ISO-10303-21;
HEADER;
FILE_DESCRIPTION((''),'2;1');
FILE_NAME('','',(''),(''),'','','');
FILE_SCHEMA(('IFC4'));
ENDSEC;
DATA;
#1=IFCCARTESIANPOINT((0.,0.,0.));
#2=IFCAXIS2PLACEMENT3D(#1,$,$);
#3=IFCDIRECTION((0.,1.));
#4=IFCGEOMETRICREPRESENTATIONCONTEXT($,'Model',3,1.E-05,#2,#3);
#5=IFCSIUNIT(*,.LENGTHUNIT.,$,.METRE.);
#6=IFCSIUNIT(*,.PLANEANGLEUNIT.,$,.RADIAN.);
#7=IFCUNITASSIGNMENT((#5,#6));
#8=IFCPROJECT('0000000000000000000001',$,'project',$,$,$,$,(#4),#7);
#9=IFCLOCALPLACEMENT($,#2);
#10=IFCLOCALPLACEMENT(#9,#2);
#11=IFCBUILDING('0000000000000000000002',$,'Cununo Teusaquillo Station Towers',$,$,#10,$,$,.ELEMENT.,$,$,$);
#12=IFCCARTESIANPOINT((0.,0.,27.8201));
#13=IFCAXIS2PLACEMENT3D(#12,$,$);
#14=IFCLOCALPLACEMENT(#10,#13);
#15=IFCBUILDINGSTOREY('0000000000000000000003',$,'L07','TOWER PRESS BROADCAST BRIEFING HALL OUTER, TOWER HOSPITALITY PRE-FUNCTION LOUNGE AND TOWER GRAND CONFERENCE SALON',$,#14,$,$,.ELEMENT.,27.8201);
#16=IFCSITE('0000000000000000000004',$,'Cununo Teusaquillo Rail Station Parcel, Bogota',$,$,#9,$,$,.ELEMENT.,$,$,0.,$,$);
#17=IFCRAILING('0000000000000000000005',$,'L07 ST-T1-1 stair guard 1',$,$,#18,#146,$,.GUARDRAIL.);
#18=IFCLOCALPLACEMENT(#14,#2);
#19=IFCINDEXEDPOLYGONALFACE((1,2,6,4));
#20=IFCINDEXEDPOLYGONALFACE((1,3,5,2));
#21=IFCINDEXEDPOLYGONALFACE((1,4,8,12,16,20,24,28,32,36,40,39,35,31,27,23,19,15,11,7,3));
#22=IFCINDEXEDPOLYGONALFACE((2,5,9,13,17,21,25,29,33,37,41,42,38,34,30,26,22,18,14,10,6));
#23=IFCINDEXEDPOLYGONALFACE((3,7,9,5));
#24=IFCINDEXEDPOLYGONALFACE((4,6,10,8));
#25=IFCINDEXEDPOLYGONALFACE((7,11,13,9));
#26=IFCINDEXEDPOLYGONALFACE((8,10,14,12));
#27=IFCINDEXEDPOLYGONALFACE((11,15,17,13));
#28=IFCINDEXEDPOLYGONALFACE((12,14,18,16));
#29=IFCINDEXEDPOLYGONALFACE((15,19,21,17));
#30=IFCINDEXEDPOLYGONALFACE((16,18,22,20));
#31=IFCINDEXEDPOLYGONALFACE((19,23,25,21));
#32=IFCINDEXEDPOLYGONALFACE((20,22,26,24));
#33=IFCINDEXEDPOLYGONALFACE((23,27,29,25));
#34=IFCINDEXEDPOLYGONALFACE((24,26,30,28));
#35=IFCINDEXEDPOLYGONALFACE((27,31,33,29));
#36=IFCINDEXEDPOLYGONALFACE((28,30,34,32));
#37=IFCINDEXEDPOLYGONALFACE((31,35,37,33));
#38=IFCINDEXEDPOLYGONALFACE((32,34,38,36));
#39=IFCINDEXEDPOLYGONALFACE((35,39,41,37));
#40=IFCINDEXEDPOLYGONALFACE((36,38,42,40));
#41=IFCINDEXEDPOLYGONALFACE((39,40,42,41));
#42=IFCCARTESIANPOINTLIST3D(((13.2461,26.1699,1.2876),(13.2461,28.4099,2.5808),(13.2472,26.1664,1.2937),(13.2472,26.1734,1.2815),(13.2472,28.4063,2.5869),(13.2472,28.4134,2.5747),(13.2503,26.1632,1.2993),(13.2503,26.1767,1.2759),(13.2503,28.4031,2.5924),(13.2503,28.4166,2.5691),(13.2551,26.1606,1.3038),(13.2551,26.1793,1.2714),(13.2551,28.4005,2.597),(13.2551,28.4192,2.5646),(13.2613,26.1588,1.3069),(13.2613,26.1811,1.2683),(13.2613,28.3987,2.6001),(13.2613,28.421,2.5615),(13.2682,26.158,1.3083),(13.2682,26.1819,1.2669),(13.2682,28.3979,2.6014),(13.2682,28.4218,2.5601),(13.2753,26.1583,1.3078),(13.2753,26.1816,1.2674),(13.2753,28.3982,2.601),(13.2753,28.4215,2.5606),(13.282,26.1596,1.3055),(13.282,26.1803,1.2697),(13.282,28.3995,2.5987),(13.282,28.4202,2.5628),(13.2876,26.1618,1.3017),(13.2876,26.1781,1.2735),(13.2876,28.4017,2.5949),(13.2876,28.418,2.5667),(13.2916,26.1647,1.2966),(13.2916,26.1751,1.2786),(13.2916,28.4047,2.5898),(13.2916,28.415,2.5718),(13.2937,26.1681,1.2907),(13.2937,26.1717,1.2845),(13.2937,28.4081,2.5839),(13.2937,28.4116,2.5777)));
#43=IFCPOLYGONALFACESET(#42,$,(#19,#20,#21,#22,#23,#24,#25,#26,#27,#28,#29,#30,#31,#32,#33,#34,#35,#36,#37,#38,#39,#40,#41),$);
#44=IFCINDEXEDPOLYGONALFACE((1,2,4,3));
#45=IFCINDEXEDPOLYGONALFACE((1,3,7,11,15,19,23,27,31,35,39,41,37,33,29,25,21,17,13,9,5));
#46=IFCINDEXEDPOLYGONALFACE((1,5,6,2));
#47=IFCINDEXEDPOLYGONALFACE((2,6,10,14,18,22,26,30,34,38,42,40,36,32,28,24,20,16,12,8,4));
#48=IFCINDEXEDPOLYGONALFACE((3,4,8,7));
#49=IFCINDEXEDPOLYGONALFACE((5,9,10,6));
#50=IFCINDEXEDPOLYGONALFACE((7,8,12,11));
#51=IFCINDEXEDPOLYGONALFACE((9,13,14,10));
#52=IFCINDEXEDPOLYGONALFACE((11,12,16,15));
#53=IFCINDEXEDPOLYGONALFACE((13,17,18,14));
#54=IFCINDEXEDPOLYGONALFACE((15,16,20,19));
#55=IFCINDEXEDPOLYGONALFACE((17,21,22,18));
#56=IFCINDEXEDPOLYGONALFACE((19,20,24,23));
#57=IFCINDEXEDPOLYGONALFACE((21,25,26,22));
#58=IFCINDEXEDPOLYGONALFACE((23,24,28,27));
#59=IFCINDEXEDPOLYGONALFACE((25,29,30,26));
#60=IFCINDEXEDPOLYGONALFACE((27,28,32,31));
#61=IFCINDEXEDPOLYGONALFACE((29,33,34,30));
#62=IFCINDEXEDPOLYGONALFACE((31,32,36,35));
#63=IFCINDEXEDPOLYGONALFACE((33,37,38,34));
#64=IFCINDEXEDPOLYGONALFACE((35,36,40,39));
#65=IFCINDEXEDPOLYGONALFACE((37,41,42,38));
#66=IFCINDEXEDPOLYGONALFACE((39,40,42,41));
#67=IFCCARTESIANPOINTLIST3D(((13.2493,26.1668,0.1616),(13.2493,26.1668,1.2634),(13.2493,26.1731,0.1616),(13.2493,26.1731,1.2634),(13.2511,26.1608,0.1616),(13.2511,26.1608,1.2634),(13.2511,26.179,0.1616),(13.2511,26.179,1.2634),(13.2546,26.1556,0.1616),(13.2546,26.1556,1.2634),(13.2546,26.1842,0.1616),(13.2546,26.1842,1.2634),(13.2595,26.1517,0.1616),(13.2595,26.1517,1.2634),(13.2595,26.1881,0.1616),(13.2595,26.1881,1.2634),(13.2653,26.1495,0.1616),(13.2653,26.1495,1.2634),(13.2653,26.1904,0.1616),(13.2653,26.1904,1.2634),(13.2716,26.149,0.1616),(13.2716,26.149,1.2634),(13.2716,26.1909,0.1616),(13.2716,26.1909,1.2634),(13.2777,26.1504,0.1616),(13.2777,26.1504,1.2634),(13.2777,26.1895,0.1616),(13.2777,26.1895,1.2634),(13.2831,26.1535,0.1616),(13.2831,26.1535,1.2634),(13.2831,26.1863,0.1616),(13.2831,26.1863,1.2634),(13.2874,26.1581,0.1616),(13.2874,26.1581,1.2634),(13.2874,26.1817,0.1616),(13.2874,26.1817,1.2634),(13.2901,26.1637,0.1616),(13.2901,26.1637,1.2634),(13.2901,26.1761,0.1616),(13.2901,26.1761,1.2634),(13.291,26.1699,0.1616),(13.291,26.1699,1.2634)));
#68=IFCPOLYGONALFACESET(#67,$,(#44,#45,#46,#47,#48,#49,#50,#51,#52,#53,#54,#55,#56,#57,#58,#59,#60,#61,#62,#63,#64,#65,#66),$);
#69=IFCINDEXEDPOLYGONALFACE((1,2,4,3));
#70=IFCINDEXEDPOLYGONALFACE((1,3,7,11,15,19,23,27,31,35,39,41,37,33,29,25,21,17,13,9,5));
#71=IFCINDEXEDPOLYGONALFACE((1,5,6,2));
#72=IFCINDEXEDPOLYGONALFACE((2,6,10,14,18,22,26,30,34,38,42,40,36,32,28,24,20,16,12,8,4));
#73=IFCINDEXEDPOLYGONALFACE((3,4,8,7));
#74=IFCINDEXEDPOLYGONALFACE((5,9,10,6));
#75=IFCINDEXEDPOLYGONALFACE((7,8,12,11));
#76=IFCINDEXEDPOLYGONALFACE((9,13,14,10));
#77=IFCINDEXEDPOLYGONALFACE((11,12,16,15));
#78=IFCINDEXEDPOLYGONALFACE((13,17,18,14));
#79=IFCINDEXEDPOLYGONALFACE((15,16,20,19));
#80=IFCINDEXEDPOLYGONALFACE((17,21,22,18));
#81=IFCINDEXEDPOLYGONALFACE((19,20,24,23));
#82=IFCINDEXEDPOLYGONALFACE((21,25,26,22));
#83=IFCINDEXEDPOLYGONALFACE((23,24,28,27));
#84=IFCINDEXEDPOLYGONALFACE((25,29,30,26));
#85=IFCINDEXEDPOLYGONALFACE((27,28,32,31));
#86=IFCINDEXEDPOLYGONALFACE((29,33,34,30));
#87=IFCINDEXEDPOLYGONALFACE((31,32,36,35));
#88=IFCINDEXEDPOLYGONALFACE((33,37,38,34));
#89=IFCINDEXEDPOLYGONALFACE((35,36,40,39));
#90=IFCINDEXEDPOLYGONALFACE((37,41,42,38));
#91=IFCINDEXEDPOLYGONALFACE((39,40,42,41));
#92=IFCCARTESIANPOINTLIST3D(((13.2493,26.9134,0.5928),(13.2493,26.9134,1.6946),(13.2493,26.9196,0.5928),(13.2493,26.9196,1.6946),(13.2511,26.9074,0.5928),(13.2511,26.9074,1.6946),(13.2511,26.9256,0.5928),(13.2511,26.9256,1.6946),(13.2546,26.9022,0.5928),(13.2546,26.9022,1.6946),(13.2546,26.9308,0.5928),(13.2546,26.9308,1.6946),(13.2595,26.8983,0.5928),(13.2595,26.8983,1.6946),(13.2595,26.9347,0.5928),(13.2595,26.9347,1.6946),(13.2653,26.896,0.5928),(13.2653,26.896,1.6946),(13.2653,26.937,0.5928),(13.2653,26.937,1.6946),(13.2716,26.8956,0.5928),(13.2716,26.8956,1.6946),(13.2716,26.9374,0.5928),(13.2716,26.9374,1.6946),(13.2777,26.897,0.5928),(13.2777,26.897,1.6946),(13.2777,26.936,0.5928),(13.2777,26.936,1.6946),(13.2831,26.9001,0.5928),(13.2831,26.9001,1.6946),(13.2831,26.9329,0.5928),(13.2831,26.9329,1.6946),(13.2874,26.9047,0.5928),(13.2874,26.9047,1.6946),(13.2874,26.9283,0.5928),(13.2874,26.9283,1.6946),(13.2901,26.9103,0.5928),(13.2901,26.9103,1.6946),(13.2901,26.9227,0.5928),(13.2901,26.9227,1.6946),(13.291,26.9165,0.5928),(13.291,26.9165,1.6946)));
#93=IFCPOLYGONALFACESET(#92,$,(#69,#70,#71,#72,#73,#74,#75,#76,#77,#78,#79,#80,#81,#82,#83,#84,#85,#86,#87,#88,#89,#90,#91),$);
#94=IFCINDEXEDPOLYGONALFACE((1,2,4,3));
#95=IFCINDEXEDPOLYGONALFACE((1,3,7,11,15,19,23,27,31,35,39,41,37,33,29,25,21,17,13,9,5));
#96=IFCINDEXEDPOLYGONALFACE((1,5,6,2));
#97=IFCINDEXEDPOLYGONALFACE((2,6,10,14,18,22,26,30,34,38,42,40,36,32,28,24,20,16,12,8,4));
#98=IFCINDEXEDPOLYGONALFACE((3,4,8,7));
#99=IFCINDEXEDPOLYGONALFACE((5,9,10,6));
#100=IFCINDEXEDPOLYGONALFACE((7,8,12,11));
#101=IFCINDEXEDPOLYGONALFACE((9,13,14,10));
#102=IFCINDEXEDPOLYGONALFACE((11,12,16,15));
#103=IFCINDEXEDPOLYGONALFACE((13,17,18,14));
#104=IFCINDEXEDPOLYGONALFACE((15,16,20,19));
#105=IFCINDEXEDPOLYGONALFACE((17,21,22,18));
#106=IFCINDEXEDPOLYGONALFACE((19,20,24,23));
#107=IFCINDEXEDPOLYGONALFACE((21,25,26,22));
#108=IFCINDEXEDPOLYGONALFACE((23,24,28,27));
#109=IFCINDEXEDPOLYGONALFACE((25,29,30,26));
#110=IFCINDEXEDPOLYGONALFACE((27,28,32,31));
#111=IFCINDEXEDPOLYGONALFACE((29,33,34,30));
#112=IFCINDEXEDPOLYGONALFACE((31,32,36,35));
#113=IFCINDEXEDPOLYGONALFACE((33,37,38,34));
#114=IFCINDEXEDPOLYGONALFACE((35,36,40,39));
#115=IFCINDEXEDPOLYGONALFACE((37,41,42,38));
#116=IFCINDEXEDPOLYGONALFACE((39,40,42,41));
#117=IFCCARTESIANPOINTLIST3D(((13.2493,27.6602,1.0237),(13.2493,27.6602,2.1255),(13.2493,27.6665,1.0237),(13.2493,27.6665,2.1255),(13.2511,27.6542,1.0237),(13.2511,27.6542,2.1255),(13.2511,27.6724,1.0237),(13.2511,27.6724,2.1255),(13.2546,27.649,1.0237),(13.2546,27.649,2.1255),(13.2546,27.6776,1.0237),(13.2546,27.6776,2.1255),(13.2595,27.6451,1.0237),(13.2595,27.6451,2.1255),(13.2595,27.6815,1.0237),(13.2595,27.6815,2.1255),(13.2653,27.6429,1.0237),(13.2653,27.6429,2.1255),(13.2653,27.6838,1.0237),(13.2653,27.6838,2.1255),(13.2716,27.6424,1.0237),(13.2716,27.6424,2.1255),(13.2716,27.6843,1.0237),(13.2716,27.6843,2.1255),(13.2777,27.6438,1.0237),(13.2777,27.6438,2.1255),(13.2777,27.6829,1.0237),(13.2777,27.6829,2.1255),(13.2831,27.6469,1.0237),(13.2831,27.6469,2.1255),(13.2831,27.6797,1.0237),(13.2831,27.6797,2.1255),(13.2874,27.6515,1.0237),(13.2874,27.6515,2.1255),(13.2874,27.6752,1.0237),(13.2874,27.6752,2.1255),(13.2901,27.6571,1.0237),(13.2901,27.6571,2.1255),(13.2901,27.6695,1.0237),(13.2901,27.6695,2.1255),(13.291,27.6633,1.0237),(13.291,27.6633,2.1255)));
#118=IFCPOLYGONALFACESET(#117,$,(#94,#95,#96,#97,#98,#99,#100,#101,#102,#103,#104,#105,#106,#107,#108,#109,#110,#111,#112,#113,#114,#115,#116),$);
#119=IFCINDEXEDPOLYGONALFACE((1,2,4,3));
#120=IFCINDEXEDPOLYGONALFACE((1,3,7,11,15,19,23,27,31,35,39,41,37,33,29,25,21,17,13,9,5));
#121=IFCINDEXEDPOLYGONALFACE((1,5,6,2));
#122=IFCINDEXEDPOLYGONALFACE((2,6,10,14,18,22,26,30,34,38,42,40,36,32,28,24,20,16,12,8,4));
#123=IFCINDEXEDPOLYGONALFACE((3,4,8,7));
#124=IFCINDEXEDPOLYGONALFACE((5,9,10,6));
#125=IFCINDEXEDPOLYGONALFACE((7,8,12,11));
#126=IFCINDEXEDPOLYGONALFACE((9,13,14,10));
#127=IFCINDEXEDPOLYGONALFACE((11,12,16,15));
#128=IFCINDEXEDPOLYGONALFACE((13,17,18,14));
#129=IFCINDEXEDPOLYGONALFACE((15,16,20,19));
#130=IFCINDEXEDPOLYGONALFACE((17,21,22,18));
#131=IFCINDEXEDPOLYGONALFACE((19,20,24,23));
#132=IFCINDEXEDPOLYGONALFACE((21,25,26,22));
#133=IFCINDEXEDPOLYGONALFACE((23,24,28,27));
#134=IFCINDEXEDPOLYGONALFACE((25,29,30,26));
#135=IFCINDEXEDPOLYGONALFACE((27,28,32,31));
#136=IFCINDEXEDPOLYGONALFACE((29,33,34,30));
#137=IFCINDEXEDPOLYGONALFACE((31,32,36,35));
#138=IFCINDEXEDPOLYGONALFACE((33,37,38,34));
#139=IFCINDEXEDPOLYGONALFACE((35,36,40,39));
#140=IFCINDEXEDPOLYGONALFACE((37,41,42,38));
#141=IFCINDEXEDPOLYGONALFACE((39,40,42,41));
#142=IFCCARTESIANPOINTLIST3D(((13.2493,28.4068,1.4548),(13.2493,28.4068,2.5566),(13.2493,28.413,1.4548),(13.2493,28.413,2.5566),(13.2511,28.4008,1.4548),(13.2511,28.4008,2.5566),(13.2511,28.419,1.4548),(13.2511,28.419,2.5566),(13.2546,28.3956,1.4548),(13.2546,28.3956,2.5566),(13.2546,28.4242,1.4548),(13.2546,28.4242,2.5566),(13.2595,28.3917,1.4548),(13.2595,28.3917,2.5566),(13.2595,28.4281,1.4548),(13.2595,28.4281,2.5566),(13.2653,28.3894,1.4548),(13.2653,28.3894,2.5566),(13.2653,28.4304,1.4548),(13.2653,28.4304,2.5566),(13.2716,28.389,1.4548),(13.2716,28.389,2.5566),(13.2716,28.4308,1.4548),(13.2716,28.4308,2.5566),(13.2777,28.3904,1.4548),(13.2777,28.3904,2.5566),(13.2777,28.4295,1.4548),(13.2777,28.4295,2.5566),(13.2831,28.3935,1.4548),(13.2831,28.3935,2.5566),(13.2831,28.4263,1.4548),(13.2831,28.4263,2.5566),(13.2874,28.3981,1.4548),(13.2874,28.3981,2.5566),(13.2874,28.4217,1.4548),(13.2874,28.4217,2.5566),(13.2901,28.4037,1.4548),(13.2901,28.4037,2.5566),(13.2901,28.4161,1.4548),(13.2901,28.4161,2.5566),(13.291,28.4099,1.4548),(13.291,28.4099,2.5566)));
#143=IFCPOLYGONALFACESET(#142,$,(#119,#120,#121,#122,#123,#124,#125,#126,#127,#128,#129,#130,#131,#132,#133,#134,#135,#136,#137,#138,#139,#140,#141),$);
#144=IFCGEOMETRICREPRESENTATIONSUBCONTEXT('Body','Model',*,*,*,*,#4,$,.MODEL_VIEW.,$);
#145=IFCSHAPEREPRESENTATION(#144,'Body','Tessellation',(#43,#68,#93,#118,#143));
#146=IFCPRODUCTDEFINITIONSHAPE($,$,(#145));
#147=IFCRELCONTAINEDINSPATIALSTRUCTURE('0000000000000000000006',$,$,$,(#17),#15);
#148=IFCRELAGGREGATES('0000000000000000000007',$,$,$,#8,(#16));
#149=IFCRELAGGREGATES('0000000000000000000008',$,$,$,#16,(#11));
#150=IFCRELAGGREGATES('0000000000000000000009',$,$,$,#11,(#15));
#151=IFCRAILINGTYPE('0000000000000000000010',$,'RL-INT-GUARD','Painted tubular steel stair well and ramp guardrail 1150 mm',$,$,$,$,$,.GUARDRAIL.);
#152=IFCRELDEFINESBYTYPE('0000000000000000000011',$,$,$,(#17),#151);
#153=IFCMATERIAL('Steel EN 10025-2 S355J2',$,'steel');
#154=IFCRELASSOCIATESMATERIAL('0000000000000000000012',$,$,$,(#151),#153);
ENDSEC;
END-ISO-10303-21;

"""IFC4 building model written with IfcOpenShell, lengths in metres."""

from ifc_helpers import new_model, si_unit, direction, frame, origin, origin_2d, place, context, subcontext, project, spatial, circle, extrude, material, type_object, element, save


model = new_model("IFC4")

# Units and contexts
model_context = context("Model", 3, precision=1e-05, world=origin(), true_north=direction((0.0, 1.0)))
body_context = subcontext(model_context, "Body", "Model", "MODEL_VIEW")
ifc_project = project(units=[si_unit("LENGTHUNIT", "METRE"), si_unit("PLANEANGLEUNIT", "RADIAN")], contexts=[model_context])

# Site, building, storey
site_placement = place(None, origin())
site = spatial("IfcSite", under=ifc_project, at=site_placement, Name="Cununo Teusaquillo Rail Station Parcel, Bogota", CompositionType="ELEMENT", RefElevation=0.0)
building_placement = place(site_placement, origin())
building = spatial("IfcBuilding", under=site, at=building_placement, Name="Cununo Teusaquillo Station Towers", CompositionType="ELEMENT")
storey_placement = place(building_placement, frame((0.0, 0.0, 27.8201)))
storey = spatial("IfcBuildingStorey", under=building, at=storey_placement, Name="L07", Description="TOWER PRESS BROADCAST BRIEFING HALL OUTER, TOWER HOSPITALITY PRE-FUNCTION LOUNGE AND TOWER GRAND CONFERENCE SALON", CompositionType="ELEMENT", Elevation=27.8201)

# Railing
ifc_material_1 = material(Name="Steel EN 10025-2 S355J2", Category="steel")
railing_type_1 = type_object("IfcRailingType", Name="RL-INT-GUARD", Description="Painted tubular steel stair well and ramp guardrail 1150 mm", PredefinedType="GUARDRAIL", material=ifc_material_1)
railing_1_placement = place(storey_placement, frame((13.27, 26.1699, 0.1616)))
element("IfcRailing", 1, at=railing_1_placement, inside=storey, type_object=railing_type_1, Name="L07 ST-T1-1 stair guard 1", PredefinedType="GUARDRAIL", context=body_context, shape_type="SweptSolid", body=[
    extrude(circle(Radius=0.0239, at=origin_2d()), frame((0.0, 0.0, 1.126), z_axis=(0.0, 0.866033, 0.499987), x_axis=(-1.0, 0.0, 0.0)), (0.0, 0.0, 1.0), 2.5864),
    extrude(circle(Radius=0.021, at=origin_2d()), origin(), (0.0, 0.0, 1.0), 1.1018),
    extrude(circle(Radius=0.021, at=origin_2d()), frame((0.0, 0.7466, 0.4312)), (0.0, 0.0, 1.0), 1.1018),
    extrude(circle(Radius=0.021, at=origin_2d()), frame((0.0, 1.4934, 0.8621)), (0.0, 0.0, 1.0), 1.1018),
    extrude(circle(Radius=0.021, at=origin_2d()), frame((0.0, 2.24, 1.2932)), (0.0, 0.0, 1.0), 1.1018),
])

save(model, "model.ifc")
